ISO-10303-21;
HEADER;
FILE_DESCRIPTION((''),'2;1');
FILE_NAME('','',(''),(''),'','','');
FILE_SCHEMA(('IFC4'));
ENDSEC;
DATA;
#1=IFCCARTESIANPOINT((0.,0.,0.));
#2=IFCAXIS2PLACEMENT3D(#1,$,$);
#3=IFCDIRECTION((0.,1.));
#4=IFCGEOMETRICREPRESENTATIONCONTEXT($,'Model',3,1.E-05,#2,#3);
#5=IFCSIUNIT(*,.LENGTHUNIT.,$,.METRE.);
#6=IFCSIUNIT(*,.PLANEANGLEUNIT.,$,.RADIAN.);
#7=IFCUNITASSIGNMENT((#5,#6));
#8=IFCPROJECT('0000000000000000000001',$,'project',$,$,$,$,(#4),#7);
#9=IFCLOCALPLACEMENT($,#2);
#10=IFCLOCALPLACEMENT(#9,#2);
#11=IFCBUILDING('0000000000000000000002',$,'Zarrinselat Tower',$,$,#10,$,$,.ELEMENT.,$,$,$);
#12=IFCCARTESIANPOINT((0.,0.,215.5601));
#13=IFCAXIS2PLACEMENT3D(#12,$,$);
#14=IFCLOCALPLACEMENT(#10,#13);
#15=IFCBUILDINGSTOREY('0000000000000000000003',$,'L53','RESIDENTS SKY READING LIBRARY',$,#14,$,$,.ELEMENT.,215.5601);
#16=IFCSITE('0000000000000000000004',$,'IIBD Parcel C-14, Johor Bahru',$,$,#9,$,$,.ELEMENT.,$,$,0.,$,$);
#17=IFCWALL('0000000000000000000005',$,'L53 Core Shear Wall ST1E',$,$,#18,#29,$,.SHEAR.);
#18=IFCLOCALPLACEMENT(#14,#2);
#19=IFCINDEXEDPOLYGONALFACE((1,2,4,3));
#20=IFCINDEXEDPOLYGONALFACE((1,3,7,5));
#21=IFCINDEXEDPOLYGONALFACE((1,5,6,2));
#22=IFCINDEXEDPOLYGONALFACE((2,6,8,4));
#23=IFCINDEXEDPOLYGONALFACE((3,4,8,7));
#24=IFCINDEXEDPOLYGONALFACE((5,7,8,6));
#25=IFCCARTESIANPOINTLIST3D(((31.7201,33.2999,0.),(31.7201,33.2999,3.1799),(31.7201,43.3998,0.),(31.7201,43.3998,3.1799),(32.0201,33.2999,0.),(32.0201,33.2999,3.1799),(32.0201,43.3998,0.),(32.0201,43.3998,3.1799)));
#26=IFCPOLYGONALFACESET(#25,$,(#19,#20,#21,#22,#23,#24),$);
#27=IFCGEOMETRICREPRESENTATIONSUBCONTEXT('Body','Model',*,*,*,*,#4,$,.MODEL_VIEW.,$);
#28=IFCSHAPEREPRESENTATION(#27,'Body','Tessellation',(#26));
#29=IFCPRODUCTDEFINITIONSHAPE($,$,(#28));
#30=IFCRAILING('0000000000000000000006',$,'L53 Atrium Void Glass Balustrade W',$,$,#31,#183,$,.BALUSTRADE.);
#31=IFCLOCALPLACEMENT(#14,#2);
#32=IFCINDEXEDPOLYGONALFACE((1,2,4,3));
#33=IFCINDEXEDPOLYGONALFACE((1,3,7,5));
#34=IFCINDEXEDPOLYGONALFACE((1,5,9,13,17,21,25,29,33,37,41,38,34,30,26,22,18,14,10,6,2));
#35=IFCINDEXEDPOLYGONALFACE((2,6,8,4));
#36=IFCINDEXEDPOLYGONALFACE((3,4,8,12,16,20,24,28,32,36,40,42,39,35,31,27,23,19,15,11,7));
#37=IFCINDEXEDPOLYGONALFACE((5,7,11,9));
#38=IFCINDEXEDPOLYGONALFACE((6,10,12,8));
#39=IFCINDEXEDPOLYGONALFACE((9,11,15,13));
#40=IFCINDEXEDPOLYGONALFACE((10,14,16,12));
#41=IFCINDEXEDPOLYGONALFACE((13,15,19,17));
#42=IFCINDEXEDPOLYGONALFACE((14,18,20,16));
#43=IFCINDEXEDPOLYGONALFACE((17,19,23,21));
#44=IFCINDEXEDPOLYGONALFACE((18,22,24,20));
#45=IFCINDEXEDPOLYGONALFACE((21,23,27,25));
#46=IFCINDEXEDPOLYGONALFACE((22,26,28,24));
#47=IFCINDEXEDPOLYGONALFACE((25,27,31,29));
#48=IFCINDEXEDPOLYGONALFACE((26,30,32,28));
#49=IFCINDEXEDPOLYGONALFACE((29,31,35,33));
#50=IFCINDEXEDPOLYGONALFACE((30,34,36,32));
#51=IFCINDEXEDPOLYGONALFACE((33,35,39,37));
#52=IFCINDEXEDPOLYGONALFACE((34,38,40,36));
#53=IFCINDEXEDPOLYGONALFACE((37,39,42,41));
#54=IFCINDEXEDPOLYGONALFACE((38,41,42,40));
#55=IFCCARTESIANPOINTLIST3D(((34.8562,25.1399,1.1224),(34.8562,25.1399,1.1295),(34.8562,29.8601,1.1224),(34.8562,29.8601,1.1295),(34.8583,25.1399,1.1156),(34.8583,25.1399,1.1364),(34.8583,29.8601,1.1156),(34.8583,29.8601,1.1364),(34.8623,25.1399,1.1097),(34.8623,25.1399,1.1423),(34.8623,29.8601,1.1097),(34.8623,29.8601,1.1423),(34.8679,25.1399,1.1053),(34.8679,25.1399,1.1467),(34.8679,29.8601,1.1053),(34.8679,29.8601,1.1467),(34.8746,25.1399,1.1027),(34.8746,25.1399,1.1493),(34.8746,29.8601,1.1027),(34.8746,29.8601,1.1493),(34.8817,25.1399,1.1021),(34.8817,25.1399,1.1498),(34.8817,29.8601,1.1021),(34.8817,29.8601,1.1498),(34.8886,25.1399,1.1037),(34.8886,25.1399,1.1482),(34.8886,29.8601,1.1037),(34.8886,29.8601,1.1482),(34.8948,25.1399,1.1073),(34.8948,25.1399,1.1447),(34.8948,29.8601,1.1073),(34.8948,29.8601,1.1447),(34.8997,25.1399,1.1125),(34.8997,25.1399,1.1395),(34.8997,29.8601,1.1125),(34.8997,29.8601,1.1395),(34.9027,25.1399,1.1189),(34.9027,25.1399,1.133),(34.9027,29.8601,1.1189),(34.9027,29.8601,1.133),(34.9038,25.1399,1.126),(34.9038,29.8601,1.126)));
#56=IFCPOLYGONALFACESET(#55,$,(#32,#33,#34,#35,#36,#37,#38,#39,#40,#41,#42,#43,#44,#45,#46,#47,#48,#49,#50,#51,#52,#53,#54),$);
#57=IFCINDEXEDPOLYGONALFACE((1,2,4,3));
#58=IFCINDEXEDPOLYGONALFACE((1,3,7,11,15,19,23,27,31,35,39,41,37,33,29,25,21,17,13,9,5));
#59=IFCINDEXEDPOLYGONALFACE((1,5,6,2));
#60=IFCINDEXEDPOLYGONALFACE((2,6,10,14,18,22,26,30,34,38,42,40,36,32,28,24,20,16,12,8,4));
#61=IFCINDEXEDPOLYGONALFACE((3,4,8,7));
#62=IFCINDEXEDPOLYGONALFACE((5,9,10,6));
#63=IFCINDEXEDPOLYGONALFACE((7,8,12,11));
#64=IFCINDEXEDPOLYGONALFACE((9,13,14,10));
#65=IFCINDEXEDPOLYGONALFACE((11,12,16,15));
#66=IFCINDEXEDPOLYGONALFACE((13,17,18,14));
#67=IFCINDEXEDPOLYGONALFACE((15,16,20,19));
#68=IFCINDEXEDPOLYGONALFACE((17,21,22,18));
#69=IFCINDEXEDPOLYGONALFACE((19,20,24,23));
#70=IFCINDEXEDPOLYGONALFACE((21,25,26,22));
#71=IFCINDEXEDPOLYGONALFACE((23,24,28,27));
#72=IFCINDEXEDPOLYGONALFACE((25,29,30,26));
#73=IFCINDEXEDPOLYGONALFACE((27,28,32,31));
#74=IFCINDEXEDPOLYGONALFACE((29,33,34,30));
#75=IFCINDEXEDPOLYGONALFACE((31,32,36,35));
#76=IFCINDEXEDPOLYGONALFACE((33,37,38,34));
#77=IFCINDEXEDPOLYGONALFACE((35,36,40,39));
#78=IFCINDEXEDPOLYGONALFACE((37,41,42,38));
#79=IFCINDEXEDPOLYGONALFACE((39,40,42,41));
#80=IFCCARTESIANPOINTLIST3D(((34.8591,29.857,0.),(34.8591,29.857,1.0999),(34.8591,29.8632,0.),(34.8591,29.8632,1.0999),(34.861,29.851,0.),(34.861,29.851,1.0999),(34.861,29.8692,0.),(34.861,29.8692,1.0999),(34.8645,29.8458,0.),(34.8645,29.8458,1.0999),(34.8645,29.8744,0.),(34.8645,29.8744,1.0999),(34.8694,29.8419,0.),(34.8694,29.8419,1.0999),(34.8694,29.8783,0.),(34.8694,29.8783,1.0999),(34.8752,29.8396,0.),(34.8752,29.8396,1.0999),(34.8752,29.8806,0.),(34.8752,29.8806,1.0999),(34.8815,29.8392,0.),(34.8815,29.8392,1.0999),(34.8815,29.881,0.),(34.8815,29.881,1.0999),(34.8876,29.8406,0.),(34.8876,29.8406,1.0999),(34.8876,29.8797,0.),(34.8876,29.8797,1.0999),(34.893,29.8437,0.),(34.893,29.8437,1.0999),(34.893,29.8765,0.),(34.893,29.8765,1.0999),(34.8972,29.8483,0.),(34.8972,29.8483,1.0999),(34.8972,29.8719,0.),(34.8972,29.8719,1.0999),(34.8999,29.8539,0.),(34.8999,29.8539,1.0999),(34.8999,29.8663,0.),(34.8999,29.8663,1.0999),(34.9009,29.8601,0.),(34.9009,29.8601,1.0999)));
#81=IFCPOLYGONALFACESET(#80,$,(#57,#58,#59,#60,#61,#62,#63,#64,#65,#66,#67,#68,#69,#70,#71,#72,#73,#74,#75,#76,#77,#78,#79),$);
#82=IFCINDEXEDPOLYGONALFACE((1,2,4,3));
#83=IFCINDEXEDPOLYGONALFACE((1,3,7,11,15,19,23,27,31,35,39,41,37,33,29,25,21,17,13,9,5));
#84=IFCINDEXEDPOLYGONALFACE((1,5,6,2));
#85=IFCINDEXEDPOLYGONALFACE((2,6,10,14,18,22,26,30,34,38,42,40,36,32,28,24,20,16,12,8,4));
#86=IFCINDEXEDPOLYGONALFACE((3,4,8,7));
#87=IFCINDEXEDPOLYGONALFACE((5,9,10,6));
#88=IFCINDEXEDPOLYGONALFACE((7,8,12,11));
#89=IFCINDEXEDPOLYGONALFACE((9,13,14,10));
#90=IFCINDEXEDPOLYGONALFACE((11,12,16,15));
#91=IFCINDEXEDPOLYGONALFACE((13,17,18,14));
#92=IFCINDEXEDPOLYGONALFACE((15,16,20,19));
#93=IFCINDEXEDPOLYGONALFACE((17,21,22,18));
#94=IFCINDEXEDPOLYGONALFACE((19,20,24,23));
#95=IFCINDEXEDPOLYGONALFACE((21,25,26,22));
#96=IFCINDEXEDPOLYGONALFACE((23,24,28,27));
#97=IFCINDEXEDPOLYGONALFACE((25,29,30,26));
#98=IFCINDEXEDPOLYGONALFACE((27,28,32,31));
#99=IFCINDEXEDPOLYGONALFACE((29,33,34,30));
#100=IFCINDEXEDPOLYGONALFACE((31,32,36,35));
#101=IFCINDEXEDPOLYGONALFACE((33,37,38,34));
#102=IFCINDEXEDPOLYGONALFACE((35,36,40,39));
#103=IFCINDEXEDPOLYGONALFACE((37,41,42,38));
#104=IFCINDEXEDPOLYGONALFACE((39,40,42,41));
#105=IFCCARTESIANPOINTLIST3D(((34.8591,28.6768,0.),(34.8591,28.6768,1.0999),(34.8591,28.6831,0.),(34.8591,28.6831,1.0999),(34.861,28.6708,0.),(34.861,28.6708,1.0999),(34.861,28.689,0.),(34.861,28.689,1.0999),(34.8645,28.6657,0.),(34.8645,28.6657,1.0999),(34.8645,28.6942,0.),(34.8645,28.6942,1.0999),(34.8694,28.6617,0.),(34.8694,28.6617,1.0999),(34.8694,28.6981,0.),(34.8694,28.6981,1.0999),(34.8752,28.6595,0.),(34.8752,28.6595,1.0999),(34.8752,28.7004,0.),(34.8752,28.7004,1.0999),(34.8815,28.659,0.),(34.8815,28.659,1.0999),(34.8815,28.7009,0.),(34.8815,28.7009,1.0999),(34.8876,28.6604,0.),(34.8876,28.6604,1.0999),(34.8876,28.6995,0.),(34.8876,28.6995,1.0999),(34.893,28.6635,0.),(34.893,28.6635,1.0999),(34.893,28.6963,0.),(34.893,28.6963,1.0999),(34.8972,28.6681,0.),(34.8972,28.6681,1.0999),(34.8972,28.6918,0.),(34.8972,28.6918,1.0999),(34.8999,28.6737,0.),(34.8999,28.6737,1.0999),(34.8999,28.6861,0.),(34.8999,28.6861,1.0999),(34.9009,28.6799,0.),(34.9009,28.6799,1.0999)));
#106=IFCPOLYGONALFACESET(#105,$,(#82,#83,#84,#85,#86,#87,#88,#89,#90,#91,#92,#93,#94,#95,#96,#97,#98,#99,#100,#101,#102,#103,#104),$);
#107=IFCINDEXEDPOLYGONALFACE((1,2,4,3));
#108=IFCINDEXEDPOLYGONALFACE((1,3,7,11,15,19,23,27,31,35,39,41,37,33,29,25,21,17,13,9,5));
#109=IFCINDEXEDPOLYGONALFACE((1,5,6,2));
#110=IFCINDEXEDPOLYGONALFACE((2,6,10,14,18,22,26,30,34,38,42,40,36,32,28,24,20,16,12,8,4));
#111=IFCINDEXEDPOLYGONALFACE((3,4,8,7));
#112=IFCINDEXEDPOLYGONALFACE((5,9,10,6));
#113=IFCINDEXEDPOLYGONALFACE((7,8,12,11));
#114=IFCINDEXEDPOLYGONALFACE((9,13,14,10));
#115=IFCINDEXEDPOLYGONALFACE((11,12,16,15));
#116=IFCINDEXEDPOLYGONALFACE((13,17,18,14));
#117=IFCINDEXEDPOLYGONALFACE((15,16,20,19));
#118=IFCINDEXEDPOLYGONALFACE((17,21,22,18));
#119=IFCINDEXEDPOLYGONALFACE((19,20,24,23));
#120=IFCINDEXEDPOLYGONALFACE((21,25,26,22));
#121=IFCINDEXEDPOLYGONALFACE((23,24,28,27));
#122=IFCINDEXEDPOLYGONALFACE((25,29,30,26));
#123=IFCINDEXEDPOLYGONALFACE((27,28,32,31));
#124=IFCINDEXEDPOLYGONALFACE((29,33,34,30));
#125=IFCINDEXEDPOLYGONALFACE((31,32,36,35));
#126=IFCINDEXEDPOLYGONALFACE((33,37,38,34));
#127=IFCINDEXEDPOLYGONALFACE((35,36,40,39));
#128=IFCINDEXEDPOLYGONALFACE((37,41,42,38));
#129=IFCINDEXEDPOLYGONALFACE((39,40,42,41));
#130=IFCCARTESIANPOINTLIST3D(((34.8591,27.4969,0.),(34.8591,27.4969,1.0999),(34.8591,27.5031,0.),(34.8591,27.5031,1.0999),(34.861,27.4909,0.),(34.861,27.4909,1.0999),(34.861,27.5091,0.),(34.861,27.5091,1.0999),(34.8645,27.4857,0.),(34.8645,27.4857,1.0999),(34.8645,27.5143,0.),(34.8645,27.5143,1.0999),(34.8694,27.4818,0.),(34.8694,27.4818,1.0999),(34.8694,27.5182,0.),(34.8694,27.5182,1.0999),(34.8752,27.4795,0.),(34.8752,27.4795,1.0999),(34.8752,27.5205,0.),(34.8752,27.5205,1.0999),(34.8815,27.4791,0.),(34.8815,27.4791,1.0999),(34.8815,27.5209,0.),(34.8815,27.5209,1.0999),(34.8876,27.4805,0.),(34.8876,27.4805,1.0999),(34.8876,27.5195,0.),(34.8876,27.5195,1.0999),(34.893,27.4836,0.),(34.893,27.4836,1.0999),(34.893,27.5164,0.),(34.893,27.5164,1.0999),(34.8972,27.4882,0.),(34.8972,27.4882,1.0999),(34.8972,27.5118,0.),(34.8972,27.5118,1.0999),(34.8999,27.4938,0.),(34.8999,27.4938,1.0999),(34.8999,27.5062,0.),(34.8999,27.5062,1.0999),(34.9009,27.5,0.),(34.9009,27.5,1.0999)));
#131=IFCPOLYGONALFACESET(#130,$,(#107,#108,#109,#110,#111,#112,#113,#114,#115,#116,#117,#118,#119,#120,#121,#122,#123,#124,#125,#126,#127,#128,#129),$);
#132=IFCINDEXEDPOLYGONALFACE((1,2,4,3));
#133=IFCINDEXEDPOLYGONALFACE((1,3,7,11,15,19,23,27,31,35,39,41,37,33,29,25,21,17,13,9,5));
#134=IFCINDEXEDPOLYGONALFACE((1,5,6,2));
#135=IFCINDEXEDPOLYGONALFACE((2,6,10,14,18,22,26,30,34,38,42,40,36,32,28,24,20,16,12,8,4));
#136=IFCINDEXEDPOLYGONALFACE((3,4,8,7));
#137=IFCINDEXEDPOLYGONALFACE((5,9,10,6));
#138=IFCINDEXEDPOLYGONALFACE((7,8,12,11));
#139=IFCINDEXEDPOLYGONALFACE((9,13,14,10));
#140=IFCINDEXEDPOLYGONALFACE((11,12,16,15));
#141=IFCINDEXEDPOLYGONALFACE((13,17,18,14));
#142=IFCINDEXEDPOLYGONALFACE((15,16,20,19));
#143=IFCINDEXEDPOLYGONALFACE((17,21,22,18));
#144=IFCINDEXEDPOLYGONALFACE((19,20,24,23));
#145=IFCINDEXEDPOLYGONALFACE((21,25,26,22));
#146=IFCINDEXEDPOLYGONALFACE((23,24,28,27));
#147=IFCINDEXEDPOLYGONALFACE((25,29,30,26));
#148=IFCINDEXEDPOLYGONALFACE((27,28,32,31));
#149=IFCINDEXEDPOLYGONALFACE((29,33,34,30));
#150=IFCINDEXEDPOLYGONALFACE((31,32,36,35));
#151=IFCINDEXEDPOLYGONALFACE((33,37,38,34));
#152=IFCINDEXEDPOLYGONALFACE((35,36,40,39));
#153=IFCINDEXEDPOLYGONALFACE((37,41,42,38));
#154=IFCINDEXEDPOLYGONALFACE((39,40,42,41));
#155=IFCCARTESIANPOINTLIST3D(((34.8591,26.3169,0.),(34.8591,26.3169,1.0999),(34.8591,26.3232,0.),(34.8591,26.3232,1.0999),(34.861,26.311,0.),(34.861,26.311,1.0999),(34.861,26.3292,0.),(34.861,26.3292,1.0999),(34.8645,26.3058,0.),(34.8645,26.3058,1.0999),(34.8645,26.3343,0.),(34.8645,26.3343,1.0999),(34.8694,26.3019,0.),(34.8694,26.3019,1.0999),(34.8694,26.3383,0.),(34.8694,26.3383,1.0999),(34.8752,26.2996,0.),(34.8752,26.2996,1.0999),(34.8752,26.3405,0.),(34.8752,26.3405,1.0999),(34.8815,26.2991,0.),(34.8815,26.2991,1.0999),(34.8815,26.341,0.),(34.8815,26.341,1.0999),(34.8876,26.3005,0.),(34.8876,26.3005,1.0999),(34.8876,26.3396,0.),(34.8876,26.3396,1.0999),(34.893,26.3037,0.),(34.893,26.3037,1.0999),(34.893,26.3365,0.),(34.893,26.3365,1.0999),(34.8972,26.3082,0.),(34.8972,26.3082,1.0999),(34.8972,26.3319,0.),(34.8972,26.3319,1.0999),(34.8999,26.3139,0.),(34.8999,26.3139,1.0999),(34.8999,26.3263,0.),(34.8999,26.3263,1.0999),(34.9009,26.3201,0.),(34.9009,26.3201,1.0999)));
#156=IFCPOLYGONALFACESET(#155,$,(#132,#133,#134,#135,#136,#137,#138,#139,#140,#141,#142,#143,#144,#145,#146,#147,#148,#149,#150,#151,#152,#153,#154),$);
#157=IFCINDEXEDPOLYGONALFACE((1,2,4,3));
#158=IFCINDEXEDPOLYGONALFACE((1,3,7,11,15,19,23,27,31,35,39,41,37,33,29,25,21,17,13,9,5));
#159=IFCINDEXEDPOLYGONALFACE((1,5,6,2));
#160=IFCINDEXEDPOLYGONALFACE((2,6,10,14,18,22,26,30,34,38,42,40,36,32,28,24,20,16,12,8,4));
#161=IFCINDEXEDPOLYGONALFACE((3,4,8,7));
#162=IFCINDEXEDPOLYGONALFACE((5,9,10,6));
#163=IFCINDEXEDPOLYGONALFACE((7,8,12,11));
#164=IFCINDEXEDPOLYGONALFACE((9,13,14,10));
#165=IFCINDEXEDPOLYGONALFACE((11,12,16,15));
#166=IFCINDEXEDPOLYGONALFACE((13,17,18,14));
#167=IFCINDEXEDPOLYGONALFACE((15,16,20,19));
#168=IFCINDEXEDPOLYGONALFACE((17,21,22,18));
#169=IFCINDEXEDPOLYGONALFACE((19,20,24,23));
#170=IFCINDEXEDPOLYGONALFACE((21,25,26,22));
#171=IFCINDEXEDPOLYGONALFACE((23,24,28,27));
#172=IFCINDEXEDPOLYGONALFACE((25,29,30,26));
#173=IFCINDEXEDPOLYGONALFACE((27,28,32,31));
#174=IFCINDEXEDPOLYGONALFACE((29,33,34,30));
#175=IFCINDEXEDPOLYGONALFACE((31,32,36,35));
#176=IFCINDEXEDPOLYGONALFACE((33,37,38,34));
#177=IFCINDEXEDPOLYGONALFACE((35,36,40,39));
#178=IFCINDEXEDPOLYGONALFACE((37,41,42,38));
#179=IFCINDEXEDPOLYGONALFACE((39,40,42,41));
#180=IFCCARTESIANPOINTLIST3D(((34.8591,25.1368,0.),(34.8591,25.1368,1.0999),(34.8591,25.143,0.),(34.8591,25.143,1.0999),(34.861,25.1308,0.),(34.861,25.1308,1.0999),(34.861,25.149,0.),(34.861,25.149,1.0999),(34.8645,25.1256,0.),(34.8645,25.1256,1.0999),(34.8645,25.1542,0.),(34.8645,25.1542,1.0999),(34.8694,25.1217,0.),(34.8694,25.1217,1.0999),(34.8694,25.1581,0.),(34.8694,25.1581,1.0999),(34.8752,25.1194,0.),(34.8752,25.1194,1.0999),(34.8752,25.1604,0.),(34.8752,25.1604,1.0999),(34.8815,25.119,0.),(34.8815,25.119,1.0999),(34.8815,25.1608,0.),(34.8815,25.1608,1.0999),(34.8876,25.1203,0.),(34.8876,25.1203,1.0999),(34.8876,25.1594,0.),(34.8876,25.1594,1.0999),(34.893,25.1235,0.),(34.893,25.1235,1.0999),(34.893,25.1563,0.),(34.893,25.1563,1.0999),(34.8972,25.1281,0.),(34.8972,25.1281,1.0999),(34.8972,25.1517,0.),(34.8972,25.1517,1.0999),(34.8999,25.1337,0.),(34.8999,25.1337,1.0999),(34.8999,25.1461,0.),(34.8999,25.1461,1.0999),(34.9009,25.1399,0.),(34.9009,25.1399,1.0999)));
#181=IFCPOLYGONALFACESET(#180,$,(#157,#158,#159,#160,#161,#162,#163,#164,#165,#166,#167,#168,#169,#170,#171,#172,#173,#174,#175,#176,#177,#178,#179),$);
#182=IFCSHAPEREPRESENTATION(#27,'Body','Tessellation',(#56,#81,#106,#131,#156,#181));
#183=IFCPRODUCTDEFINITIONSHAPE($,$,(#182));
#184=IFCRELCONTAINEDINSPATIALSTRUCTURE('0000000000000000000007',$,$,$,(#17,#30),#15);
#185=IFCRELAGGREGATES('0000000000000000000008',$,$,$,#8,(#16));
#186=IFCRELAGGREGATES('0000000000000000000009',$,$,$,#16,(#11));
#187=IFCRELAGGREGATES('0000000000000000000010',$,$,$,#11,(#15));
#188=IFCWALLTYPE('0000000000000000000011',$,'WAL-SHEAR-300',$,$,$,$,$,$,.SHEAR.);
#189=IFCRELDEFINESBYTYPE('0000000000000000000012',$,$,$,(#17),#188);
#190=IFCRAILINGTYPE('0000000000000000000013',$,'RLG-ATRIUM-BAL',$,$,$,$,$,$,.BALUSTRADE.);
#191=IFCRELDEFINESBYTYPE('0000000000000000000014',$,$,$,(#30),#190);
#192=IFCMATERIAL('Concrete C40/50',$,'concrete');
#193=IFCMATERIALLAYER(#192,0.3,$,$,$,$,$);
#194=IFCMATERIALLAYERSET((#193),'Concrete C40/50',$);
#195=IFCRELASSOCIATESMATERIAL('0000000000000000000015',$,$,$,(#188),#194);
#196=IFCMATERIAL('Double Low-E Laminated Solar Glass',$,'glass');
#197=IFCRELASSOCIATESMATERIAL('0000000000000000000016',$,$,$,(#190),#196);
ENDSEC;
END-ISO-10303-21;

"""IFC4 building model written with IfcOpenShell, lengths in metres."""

from ifc_helpers import new_model, si_unit, direction, frame, frame_2d, origin, origin_2d, place, context, subcontext, project, spatial, rectangle, circle, extrude, material, layer, layer_set, type_object, element, save


model = new_model("IFC4")

# Units and contexts
model_context = context("Model", 3, precision=1e-05, world=origin(), true_north=direction((0.0, 1.0)))
body_context = subcontext(model_context, "Body", "Model", "MODEL_VIEW")
ifc_project = project(units=[si_unit("LENGTHUNIT", "METRE"), si_unit("PLANEANGLEUNIT", "RADIAN")], contexts=[model_context])

# Site, building, storey
site_placement = place(None, origin())
site = spatial("IfcSite", under=ifc_project, at=site_placement, Name="IIBD Parcel C-14, Johor Bahru", CompositionType="ELEMENT", RefElevation=0.0)
building_placement = place(site_placement, origin())
building = spatial("IfcBuilding", under=site, at=building_placement, Name="Zarrinselat Tower", CompositionType="ELEMENT")
storey_placement = place(building_placement, frame((0.0, 0.0, 215.5601)))
storey = spatial("IfcBuildingStorey", under=building, at=storey_placement, Name="L53", Description="RESIDENTS SKY READING LIBRARY", CompositionType="ELEMENT", Elevation=215.5601)

# Wall
ifc_material_1 = material(Name="Concrete C40/50", Category="concrete")
ifc_layer_1 = layer(ifc_material_1, 0.3)
ifc_layer_set_1 = layer_set([ifc_layer_1], Name="Concrete C40/50")
wall_type_1 = type_object("IfcWallType", Name="WAL-SHEAR-300", PredefinedType="SHEAR", material=ifc_layer_set_1)
wall_1_placement = place(storey_placement, frame((31.8701, 33.3, 0.0), z_axis=(0.0, 0.0, 1.0), x_axis=(0.0, 1.0, 0.0)))
element("IfcWall", 1, at=wall_1_placement, inside=storey, type_object=wall_type_1, Name="L53 Core Shear Wall ST1E", PredefinedType="SHEAR", context=body_context, shape_type="SweptSolid", body=[
    extrude(rectangle(XDim=10.0999, YDim=0.3, at=frame_2d((5.0498, 0.0))), origin(), (0.0, 0.0, 1.0), 3.1799),
])

# Railing
ifc_material_2 = material(Name="Double Low-E Laminated Solar Glass", Category="glass")
railing_type = type_object("IfcRailingType", Name="RLG-ATRIUM-BAL", PredefinedType="BALUSTRADE", material=ifc_material_2)
railing_placement = place(storey_placement, frame((34.8799, 29.8601, 0.0)))
element("IfcRailing", 2, at=railing_placement, inside=storey, type_object=railing_type, Name="L53 Atrium Void Glass Balustrade W", PredefinedType="BALUSTRADE", context=body_context, shape_type="SweptSolid", body=[
    extrude(circle(Radius=0.0239, at=origin_2d()), frame((0.0, 0.0, 1.126), z_axis=(0.0, -1.0, 0.0), x_axis=(1.0, 0.0, 0.0)), (0.0, 0.0, 1.0), 4.7202),
    extrude(circle(Radius=0.021, at=origin_2d()), origin(), (0.0, 0.0, 1.0), 1.0999),
    extrude(circle(Radius=0.021, at=origin_2d()), frame((0.0, -1.1802, 0.0)), (0.0, 0.0, 1.0), 1.0999),
    extrude(circle(Radius=0.021, at=origin_2d()), frame((0.0, -2.3601, 0.0)), (0.0, 0.0, 1.0), 1.0999),
    extrude(circle(Radius=0.021, at=origin_2d()), frame((0.0, -3.54, 0.0)), (0.0, 0.0, 1.0), 1.0999),
    extrude(circle(Radius=0.021, at=origin_2d()), frame((0.0, -4.7202, 0.0)), (0.0, 0.0, 1.0), 1.0999),
])

save(model, "model.ifc")
